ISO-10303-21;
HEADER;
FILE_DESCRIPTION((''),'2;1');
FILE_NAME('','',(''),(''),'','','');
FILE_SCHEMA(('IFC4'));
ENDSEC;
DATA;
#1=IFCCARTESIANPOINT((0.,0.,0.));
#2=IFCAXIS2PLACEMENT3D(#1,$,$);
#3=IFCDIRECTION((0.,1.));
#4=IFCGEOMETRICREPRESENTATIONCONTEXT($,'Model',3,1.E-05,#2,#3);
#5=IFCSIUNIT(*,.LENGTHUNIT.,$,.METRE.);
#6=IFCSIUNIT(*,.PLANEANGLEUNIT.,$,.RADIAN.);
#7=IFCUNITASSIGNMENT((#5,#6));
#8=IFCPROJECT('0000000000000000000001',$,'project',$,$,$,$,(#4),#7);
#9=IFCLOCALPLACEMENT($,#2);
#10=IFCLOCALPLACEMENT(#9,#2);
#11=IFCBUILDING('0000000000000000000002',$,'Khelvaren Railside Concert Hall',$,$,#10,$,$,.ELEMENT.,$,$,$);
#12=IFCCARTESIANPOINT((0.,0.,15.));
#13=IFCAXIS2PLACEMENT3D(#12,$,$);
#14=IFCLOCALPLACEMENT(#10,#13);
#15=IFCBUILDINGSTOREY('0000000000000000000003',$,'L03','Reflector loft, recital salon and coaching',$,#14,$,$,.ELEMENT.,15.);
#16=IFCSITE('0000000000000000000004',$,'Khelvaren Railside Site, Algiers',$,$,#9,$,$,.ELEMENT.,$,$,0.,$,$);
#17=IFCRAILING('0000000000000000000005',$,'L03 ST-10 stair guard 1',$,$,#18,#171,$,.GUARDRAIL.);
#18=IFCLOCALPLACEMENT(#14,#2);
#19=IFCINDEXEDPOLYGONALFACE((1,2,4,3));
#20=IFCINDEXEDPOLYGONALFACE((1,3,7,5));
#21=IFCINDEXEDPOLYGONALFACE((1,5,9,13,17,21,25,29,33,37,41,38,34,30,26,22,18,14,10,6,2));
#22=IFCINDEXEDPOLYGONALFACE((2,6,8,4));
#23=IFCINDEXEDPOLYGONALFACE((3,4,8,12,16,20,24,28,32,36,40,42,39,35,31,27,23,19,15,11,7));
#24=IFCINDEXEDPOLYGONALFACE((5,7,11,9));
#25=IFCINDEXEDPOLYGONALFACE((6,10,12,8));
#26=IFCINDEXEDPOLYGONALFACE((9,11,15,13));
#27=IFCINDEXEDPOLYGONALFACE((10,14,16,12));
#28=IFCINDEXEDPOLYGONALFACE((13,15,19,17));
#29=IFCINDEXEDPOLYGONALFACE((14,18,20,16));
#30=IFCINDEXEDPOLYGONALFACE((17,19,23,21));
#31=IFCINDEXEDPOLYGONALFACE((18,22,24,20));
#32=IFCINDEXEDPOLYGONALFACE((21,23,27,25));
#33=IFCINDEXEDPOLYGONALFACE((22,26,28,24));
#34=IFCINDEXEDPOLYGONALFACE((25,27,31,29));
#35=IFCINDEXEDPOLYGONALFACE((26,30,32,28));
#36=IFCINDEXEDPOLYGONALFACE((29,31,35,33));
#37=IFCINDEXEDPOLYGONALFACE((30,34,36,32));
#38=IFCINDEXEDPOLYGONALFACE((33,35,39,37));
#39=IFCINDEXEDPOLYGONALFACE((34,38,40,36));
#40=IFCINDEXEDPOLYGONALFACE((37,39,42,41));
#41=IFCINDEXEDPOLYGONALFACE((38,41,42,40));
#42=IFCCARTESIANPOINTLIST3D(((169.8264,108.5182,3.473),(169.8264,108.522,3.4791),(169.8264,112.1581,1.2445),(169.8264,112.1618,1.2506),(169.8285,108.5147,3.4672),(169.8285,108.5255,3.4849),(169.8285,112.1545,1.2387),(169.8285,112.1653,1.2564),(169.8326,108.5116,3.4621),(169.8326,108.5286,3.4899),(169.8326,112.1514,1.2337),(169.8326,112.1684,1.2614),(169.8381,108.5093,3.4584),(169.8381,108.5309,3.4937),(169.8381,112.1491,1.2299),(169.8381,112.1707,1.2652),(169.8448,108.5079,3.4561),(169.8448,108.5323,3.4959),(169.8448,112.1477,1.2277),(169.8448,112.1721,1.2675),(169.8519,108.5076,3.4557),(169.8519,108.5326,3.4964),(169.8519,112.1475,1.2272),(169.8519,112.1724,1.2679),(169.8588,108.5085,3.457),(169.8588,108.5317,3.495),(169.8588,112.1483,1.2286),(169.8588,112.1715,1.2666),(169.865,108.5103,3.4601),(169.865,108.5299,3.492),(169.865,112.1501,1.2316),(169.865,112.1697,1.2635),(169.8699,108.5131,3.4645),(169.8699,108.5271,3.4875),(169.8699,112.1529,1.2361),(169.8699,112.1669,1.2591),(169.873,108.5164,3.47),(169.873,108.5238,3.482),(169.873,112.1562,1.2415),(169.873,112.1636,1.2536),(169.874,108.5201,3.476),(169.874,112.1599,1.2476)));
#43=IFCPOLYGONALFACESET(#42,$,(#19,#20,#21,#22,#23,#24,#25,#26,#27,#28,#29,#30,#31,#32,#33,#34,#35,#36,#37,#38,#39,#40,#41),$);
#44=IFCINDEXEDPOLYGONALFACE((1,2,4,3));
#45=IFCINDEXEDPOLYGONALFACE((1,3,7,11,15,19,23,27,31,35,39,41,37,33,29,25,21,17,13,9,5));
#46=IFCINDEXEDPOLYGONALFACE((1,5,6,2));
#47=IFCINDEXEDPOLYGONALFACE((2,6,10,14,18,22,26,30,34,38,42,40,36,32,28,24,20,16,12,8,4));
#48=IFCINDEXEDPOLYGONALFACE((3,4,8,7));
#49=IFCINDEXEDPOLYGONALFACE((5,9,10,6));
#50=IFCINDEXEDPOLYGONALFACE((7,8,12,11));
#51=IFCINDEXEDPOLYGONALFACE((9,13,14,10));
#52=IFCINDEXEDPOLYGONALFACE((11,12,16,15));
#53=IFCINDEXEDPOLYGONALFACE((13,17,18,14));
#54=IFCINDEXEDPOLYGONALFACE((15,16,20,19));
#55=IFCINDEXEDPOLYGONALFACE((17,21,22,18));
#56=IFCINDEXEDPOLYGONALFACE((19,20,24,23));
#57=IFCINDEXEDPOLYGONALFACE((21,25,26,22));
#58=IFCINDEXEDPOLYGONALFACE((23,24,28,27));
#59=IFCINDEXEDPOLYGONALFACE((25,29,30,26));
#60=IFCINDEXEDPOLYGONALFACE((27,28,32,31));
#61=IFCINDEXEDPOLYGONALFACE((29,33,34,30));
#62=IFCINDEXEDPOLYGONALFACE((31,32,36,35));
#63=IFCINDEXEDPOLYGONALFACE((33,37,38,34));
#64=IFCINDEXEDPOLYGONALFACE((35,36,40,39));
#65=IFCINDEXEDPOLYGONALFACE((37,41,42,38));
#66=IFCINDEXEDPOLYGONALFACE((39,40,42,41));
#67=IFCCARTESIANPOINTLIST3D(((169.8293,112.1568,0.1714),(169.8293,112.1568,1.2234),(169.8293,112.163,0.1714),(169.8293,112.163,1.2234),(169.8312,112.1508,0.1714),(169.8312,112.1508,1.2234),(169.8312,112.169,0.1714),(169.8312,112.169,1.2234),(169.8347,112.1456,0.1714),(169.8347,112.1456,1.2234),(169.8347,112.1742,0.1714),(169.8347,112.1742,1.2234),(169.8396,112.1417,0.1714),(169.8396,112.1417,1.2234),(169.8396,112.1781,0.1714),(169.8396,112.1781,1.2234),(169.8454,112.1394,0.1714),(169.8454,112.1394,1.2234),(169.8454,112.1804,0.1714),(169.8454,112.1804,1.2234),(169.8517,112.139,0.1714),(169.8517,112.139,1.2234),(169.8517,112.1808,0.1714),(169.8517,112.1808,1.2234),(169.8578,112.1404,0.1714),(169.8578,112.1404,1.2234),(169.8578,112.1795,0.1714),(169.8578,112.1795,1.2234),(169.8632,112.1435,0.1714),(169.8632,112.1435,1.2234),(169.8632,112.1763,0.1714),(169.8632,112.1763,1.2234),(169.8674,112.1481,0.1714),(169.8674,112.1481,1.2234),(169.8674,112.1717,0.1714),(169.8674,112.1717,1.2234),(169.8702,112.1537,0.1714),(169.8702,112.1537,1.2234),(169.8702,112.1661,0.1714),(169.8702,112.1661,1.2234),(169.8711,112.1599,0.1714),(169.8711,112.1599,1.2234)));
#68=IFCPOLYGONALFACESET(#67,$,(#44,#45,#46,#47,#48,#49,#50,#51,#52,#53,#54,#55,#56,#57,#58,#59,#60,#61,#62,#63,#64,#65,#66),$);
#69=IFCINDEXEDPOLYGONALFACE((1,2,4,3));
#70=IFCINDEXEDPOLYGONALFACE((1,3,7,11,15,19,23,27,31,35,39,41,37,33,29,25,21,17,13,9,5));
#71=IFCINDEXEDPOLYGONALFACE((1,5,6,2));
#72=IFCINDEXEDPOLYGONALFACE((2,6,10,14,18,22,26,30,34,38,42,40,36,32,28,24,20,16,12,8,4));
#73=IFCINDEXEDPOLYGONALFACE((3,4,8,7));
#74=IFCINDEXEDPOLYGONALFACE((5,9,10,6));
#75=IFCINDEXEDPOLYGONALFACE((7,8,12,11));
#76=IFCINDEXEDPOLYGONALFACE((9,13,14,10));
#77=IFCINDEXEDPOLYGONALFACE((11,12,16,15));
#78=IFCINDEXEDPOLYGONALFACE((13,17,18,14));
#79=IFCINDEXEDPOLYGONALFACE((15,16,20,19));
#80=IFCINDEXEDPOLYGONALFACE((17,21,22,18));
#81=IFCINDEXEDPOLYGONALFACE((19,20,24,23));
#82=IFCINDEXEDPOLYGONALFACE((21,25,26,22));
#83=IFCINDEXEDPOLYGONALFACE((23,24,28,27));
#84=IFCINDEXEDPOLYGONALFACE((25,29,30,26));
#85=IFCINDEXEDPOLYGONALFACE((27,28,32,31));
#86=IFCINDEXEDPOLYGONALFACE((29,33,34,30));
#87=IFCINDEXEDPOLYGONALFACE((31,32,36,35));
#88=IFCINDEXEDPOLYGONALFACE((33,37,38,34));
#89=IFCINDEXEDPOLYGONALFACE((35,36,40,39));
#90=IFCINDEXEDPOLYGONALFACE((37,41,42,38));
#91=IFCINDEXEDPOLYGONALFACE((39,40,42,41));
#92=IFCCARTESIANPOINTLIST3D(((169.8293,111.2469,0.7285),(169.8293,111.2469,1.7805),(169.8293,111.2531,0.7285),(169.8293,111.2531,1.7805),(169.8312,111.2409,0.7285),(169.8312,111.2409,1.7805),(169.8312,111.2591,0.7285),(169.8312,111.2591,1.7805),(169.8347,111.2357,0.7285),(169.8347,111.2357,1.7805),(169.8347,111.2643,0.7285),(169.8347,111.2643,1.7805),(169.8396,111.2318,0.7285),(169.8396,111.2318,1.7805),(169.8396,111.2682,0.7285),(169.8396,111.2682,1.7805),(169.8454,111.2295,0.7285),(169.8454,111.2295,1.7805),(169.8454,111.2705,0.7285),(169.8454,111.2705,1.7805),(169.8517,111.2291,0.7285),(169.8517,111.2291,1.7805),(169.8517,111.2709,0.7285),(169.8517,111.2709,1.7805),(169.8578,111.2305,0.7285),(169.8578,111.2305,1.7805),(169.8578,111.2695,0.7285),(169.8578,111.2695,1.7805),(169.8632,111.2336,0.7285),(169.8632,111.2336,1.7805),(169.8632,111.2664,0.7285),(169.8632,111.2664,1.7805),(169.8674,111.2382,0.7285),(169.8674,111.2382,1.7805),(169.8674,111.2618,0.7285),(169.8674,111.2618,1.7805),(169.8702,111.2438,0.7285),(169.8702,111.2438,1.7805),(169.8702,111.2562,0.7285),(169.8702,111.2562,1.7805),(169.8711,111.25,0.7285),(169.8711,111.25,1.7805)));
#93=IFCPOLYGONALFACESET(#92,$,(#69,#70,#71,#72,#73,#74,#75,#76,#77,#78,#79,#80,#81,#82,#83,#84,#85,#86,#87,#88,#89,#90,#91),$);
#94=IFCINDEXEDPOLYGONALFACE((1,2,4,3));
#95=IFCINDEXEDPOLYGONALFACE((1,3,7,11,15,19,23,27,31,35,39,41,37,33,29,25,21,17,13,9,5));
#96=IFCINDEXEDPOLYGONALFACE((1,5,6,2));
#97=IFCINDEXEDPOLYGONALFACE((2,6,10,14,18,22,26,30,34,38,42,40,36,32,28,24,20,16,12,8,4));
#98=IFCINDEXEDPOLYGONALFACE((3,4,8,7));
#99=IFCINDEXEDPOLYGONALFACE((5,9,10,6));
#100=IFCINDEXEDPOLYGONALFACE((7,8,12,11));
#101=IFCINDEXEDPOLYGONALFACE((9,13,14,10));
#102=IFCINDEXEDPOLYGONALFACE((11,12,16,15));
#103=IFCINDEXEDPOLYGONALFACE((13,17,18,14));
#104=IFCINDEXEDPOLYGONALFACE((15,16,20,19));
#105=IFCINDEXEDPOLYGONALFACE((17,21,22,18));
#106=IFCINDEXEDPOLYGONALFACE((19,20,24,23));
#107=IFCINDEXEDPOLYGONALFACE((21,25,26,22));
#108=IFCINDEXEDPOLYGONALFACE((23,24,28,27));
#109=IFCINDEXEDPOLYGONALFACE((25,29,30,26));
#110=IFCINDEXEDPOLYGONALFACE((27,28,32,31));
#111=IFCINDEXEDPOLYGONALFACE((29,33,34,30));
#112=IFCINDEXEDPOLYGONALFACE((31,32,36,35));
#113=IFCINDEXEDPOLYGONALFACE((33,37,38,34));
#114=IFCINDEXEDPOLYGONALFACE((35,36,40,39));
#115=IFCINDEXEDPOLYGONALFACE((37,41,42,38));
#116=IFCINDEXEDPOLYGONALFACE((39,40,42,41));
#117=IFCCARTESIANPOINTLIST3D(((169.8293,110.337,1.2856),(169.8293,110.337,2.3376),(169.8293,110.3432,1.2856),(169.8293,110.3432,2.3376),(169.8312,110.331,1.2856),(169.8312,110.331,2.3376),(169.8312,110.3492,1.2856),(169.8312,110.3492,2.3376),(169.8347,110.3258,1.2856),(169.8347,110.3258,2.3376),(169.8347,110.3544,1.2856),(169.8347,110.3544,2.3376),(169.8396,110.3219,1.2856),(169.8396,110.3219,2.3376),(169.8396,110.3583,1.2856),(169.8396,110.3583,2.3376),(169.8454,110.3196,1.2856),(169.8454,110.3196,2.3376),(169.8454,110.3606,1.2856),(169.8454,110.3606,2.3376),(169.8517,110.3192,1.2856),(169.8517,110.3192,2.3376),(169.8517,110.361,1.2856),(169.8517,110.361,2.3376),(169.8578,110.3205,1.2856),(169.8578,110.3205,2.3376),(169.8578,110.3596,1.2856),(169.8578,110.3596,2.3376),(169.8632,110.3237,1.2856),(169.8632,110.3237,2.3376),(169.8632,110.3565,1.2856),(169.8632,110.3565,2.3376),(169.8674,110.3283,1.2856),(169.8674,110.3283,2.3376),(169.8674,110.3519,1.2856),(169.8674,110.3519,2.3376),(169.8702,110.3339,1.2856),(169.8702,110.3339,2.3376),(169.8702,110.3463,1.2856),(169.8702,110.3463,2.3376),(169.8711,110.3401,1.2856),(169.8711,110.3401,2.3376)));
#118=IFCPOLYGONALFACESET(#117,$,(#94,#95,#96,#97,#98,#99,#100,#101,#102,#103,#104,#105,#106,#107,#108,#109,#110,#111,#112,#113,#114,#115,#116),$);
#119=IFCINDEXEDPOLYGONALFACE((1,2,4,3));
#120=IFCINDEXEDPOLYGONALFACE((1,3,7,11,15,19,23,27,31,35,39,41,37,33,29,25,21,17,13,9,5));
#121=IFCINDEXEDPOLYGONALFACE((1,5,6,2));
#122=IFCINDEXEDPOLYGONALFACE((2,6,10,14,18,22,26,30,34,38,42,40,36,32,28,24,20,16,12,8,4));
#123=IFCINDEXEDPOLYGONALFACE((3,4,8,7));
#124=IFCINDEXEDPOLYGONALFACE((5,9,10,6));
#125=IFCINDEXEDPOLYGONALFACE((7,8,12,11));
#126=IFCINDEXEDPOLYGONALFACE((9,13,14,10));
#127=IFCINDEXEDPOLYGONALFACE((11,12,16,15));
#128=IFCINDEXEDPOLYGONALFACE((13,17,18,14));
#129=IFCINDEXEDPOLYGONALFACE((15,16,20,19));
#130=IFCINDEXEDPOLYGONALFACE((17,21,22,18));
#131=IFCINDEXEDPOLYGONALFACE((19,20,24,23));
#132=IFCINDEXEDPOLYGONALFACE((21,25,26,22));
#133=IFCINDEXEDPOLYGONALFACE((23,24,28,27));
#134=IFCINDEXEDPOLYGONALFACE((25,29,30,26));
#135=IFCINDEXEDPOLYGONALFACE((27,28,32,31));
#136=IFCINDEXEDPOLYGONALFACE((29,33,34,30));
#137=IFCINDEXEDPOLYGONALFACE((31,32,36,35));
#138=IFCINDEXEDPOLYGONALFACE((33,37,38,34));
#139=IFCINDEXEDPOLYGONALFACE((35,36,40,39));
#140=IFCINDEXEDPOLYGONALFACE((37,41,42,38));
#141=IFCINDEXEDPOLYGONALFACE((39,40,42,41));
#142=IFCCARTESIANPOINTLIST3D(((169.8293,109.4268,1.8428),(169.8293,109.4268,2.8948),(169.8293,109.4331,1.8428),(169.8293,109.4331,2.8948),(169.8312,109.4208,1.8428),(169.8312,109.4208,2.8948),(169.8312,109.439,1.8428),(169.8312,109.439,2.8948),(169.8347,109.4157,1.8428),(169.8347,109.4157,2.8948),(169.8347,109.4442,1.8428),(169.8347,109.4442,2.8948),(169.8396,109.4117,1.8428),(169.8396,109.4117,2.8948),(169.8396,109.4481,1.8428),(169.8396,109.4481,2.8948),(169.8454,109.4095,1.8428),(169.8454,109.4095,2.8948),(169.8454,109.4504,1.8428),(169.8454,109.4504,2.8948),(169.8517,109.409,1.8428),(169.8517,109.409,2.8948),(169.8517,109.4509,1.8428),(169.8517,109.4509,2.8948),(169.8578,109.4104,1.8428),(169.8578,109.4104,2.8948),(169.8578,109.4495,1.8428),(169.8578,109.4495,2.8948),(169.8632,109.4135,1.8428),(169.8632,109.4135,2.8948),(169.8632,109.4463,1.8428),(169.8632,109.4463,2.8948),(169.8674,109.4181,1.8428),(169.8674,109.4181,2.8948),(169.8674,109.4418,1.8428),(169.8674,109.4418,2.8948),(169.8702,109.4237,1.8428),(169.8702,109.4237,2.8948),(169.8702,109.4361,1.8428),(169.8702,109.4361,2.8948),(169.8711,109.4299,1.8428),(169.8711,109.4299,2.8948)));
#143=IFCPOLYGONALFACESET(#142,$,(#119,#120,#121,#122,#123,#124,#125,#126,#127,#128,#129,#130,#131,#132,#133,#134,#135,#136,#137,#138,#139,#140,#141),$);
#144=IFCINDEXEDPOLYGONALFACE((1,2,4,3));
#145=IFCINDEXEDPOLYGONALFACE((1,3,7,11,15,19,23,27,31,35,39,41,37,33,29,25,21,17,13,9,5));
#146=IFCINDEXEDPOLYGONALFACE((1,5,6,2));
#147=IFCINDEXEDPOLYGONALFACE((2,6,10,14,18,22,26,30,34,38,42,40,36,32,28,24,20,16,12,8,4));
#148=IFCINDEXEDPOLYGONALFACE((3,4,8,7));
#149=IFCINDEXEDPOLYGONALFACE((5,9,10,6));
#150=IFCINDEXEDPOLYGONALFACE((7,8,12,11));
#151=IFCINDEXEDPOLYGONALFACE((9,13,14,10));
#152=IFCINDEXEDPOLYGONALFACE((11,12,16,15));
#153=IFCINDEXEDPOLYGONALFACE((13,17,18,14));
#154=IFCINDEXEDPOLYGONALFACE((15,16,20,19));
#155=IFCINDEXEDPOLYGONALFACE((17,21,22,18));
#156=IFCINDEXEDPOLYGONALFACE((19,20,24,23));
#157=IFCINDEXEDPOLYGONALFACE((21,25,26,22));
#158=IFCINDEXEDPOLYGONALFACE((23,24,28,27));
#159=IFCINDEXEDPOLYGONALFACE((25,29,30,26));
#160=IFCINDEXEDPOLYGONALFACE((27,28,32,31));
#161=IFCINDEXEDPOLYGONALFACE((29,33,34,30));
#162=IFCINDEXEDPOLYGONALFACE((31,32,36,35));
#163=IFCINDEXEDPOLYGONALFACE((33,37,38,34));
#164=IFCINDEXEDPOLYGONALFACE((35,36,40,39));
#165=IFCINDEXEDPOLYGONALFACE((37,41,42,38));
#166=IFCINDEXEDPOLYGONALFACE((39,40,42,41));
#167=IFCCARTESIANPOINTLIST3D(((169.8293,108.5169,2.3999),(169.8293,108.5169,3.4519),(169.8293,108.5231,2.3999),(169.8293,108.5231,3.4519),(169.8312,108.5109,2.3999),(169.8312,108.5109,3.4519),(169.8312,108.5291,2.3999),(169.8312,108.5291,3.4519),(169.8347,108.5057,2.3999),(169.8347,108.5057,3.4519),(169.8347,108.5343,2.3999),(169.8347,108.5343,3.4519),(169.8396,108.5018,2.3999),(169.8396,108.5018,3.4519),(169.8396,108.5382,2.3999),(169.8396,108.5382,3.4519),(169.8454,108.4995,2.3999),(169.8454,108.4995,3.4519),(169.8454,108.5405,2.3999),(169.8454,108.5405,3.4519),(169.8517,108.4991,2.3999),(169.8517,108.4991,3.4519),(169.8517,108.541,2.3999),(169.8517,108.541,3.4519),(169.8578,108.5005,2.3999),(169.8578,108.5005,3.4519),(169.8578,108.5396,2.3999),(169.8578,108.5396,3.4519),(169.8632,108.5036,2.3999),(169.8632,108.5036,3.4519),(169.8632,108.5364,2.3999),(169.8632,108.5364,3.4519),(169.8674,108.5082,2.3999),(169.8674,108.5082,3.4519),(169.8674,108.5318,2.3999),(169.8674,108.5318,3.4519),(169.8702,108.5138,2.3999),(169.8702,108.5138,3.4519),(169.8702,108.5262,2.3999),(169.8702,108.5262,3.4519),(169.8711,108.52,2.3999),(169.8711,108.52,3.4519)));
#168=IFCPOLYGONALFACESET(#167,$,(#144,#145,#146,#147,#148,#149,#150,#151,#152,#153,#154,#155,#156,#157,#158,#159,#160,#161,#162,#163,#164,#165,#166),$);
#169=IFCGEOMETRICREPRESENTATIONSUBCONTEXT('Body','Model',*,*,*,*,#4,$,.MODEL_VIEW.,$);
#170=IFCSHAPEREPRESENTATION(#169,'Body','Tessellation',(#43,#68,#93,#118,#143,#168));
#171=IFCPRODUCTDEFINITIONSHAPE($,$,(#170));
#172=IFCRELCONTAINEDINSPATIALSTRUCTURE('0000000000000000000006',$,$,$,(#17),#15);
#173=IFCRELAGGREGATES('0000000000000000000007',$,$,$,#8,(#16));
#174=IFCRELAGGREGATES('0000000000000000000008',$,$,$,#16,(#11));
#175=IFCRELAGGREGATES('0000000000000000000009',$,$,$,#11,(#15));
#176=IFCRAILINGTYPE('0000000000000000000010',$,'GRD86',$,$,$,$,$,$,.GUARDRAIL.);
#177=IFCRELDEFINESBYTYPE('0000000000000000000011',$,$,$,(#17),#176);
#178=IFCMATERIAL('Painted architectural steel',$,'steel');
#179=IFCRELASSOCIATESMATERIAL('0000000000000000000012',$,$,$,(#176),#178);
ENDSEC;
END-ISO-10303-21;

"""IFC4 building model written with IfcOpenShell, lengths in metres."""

from ifc_helpers import new_model, si_unit, direction, frame, origin, origin_2d, place, context, subcontext, project, spatial, circle, extrude, material, type_object, element, save


model = new_model("IFC4")

# Units and contexts
model_context = context("Model", 3, precision=1e-05, world=origin(), true_north=direction((0.0, 1.0)))
body_context = subcontext(model_context, "Body", "Model", "MODEL_VIEW")
ifc_project = project(units=[si_unit("LENGTHUNIT", "METRE"), si_unit("PLANEANGLEUNIT", "RADIAN")], contexts=[model_context])

# Site, building, storey
site_placement = place(None, origin())
site = spatial("IfcSite", under=ifc_project, at=site_placement, Name="Khelvaren Railside Site, Algiers", CompositionType="ELEMENT", RefElevation=0.0)
building_placement = place(site_placement, origin())
building = spatial("IfcBuilding", under=site, at=building_placement, Name="Khelvaren Railside Concert Hall", CompositionType="ELEMENT")
storey_placement = place(building_placement, frame((0.0, 0.0, 15.0)))
storey = spatial("IfcBuildingStorey", under=building, at=storey_placement, Name="L03", Description="Reflector loft, recital salon and coaching", CompositionType="ELEMENT", Elevation=15.0)

# Railing
ifc_material_1 = material(Name="Painted architectural steel", Category="steel")
railing_type_1 = type_object("IfcRailingType", Name="GRD86", PredefinedType="GUARDRAIL", material=ifc_material_1)
railing_1_placement = place(storey_placement, frame((169.8501, 112.1599, 0.1714)))
element("IfcRailing", 1, at=railing_1_placement, inside=storey, type_object=railing_type_1, Name="L03 ST-10 stair guard 1", PredefinedType="GUARDRAIL", context=body_context, shape_type="SweptSolid", body=[
    extrude(circle(Radius=0.0239, at=origin_2d()), frame((0.0, 0.0, 1.0762), z_axis=(0.0, -0.85285, 0.522156), x_axis=(1.0, 0.0, 0.0)), (0.0, 0.0, 1.0), 4.2678),
    extrude(circle(Radius=0.021, at=origin_2d()), origin(), (0.0, 0.0, 1.0), 1.052),
    extrude(circle(Radius=0.021, at=origin_2d()), frame((0.0, -0.9099, 0.5571)), (0.0, 0.0, 1.0), 1.052),
    extrude(circle(Radius=0.021, at=origin_2d()), frame((0.0, -1.8198, 1.1143)), (0.0, 0.0, 1.0), 1.052),
    extrude(circle(Radius=0.021, at=origin_2d()), frame((0.0, -2.73, 1.6714)), (0.0, 0.0, 1.0), 1.052),
    extrude(circle(Radius=0.021, at=origin_2d()), frame((0.0, -3.6399, 2.2285)), (0.0, 0.0, 1.0), 1.052),
])

save(model, "model.ifc")
